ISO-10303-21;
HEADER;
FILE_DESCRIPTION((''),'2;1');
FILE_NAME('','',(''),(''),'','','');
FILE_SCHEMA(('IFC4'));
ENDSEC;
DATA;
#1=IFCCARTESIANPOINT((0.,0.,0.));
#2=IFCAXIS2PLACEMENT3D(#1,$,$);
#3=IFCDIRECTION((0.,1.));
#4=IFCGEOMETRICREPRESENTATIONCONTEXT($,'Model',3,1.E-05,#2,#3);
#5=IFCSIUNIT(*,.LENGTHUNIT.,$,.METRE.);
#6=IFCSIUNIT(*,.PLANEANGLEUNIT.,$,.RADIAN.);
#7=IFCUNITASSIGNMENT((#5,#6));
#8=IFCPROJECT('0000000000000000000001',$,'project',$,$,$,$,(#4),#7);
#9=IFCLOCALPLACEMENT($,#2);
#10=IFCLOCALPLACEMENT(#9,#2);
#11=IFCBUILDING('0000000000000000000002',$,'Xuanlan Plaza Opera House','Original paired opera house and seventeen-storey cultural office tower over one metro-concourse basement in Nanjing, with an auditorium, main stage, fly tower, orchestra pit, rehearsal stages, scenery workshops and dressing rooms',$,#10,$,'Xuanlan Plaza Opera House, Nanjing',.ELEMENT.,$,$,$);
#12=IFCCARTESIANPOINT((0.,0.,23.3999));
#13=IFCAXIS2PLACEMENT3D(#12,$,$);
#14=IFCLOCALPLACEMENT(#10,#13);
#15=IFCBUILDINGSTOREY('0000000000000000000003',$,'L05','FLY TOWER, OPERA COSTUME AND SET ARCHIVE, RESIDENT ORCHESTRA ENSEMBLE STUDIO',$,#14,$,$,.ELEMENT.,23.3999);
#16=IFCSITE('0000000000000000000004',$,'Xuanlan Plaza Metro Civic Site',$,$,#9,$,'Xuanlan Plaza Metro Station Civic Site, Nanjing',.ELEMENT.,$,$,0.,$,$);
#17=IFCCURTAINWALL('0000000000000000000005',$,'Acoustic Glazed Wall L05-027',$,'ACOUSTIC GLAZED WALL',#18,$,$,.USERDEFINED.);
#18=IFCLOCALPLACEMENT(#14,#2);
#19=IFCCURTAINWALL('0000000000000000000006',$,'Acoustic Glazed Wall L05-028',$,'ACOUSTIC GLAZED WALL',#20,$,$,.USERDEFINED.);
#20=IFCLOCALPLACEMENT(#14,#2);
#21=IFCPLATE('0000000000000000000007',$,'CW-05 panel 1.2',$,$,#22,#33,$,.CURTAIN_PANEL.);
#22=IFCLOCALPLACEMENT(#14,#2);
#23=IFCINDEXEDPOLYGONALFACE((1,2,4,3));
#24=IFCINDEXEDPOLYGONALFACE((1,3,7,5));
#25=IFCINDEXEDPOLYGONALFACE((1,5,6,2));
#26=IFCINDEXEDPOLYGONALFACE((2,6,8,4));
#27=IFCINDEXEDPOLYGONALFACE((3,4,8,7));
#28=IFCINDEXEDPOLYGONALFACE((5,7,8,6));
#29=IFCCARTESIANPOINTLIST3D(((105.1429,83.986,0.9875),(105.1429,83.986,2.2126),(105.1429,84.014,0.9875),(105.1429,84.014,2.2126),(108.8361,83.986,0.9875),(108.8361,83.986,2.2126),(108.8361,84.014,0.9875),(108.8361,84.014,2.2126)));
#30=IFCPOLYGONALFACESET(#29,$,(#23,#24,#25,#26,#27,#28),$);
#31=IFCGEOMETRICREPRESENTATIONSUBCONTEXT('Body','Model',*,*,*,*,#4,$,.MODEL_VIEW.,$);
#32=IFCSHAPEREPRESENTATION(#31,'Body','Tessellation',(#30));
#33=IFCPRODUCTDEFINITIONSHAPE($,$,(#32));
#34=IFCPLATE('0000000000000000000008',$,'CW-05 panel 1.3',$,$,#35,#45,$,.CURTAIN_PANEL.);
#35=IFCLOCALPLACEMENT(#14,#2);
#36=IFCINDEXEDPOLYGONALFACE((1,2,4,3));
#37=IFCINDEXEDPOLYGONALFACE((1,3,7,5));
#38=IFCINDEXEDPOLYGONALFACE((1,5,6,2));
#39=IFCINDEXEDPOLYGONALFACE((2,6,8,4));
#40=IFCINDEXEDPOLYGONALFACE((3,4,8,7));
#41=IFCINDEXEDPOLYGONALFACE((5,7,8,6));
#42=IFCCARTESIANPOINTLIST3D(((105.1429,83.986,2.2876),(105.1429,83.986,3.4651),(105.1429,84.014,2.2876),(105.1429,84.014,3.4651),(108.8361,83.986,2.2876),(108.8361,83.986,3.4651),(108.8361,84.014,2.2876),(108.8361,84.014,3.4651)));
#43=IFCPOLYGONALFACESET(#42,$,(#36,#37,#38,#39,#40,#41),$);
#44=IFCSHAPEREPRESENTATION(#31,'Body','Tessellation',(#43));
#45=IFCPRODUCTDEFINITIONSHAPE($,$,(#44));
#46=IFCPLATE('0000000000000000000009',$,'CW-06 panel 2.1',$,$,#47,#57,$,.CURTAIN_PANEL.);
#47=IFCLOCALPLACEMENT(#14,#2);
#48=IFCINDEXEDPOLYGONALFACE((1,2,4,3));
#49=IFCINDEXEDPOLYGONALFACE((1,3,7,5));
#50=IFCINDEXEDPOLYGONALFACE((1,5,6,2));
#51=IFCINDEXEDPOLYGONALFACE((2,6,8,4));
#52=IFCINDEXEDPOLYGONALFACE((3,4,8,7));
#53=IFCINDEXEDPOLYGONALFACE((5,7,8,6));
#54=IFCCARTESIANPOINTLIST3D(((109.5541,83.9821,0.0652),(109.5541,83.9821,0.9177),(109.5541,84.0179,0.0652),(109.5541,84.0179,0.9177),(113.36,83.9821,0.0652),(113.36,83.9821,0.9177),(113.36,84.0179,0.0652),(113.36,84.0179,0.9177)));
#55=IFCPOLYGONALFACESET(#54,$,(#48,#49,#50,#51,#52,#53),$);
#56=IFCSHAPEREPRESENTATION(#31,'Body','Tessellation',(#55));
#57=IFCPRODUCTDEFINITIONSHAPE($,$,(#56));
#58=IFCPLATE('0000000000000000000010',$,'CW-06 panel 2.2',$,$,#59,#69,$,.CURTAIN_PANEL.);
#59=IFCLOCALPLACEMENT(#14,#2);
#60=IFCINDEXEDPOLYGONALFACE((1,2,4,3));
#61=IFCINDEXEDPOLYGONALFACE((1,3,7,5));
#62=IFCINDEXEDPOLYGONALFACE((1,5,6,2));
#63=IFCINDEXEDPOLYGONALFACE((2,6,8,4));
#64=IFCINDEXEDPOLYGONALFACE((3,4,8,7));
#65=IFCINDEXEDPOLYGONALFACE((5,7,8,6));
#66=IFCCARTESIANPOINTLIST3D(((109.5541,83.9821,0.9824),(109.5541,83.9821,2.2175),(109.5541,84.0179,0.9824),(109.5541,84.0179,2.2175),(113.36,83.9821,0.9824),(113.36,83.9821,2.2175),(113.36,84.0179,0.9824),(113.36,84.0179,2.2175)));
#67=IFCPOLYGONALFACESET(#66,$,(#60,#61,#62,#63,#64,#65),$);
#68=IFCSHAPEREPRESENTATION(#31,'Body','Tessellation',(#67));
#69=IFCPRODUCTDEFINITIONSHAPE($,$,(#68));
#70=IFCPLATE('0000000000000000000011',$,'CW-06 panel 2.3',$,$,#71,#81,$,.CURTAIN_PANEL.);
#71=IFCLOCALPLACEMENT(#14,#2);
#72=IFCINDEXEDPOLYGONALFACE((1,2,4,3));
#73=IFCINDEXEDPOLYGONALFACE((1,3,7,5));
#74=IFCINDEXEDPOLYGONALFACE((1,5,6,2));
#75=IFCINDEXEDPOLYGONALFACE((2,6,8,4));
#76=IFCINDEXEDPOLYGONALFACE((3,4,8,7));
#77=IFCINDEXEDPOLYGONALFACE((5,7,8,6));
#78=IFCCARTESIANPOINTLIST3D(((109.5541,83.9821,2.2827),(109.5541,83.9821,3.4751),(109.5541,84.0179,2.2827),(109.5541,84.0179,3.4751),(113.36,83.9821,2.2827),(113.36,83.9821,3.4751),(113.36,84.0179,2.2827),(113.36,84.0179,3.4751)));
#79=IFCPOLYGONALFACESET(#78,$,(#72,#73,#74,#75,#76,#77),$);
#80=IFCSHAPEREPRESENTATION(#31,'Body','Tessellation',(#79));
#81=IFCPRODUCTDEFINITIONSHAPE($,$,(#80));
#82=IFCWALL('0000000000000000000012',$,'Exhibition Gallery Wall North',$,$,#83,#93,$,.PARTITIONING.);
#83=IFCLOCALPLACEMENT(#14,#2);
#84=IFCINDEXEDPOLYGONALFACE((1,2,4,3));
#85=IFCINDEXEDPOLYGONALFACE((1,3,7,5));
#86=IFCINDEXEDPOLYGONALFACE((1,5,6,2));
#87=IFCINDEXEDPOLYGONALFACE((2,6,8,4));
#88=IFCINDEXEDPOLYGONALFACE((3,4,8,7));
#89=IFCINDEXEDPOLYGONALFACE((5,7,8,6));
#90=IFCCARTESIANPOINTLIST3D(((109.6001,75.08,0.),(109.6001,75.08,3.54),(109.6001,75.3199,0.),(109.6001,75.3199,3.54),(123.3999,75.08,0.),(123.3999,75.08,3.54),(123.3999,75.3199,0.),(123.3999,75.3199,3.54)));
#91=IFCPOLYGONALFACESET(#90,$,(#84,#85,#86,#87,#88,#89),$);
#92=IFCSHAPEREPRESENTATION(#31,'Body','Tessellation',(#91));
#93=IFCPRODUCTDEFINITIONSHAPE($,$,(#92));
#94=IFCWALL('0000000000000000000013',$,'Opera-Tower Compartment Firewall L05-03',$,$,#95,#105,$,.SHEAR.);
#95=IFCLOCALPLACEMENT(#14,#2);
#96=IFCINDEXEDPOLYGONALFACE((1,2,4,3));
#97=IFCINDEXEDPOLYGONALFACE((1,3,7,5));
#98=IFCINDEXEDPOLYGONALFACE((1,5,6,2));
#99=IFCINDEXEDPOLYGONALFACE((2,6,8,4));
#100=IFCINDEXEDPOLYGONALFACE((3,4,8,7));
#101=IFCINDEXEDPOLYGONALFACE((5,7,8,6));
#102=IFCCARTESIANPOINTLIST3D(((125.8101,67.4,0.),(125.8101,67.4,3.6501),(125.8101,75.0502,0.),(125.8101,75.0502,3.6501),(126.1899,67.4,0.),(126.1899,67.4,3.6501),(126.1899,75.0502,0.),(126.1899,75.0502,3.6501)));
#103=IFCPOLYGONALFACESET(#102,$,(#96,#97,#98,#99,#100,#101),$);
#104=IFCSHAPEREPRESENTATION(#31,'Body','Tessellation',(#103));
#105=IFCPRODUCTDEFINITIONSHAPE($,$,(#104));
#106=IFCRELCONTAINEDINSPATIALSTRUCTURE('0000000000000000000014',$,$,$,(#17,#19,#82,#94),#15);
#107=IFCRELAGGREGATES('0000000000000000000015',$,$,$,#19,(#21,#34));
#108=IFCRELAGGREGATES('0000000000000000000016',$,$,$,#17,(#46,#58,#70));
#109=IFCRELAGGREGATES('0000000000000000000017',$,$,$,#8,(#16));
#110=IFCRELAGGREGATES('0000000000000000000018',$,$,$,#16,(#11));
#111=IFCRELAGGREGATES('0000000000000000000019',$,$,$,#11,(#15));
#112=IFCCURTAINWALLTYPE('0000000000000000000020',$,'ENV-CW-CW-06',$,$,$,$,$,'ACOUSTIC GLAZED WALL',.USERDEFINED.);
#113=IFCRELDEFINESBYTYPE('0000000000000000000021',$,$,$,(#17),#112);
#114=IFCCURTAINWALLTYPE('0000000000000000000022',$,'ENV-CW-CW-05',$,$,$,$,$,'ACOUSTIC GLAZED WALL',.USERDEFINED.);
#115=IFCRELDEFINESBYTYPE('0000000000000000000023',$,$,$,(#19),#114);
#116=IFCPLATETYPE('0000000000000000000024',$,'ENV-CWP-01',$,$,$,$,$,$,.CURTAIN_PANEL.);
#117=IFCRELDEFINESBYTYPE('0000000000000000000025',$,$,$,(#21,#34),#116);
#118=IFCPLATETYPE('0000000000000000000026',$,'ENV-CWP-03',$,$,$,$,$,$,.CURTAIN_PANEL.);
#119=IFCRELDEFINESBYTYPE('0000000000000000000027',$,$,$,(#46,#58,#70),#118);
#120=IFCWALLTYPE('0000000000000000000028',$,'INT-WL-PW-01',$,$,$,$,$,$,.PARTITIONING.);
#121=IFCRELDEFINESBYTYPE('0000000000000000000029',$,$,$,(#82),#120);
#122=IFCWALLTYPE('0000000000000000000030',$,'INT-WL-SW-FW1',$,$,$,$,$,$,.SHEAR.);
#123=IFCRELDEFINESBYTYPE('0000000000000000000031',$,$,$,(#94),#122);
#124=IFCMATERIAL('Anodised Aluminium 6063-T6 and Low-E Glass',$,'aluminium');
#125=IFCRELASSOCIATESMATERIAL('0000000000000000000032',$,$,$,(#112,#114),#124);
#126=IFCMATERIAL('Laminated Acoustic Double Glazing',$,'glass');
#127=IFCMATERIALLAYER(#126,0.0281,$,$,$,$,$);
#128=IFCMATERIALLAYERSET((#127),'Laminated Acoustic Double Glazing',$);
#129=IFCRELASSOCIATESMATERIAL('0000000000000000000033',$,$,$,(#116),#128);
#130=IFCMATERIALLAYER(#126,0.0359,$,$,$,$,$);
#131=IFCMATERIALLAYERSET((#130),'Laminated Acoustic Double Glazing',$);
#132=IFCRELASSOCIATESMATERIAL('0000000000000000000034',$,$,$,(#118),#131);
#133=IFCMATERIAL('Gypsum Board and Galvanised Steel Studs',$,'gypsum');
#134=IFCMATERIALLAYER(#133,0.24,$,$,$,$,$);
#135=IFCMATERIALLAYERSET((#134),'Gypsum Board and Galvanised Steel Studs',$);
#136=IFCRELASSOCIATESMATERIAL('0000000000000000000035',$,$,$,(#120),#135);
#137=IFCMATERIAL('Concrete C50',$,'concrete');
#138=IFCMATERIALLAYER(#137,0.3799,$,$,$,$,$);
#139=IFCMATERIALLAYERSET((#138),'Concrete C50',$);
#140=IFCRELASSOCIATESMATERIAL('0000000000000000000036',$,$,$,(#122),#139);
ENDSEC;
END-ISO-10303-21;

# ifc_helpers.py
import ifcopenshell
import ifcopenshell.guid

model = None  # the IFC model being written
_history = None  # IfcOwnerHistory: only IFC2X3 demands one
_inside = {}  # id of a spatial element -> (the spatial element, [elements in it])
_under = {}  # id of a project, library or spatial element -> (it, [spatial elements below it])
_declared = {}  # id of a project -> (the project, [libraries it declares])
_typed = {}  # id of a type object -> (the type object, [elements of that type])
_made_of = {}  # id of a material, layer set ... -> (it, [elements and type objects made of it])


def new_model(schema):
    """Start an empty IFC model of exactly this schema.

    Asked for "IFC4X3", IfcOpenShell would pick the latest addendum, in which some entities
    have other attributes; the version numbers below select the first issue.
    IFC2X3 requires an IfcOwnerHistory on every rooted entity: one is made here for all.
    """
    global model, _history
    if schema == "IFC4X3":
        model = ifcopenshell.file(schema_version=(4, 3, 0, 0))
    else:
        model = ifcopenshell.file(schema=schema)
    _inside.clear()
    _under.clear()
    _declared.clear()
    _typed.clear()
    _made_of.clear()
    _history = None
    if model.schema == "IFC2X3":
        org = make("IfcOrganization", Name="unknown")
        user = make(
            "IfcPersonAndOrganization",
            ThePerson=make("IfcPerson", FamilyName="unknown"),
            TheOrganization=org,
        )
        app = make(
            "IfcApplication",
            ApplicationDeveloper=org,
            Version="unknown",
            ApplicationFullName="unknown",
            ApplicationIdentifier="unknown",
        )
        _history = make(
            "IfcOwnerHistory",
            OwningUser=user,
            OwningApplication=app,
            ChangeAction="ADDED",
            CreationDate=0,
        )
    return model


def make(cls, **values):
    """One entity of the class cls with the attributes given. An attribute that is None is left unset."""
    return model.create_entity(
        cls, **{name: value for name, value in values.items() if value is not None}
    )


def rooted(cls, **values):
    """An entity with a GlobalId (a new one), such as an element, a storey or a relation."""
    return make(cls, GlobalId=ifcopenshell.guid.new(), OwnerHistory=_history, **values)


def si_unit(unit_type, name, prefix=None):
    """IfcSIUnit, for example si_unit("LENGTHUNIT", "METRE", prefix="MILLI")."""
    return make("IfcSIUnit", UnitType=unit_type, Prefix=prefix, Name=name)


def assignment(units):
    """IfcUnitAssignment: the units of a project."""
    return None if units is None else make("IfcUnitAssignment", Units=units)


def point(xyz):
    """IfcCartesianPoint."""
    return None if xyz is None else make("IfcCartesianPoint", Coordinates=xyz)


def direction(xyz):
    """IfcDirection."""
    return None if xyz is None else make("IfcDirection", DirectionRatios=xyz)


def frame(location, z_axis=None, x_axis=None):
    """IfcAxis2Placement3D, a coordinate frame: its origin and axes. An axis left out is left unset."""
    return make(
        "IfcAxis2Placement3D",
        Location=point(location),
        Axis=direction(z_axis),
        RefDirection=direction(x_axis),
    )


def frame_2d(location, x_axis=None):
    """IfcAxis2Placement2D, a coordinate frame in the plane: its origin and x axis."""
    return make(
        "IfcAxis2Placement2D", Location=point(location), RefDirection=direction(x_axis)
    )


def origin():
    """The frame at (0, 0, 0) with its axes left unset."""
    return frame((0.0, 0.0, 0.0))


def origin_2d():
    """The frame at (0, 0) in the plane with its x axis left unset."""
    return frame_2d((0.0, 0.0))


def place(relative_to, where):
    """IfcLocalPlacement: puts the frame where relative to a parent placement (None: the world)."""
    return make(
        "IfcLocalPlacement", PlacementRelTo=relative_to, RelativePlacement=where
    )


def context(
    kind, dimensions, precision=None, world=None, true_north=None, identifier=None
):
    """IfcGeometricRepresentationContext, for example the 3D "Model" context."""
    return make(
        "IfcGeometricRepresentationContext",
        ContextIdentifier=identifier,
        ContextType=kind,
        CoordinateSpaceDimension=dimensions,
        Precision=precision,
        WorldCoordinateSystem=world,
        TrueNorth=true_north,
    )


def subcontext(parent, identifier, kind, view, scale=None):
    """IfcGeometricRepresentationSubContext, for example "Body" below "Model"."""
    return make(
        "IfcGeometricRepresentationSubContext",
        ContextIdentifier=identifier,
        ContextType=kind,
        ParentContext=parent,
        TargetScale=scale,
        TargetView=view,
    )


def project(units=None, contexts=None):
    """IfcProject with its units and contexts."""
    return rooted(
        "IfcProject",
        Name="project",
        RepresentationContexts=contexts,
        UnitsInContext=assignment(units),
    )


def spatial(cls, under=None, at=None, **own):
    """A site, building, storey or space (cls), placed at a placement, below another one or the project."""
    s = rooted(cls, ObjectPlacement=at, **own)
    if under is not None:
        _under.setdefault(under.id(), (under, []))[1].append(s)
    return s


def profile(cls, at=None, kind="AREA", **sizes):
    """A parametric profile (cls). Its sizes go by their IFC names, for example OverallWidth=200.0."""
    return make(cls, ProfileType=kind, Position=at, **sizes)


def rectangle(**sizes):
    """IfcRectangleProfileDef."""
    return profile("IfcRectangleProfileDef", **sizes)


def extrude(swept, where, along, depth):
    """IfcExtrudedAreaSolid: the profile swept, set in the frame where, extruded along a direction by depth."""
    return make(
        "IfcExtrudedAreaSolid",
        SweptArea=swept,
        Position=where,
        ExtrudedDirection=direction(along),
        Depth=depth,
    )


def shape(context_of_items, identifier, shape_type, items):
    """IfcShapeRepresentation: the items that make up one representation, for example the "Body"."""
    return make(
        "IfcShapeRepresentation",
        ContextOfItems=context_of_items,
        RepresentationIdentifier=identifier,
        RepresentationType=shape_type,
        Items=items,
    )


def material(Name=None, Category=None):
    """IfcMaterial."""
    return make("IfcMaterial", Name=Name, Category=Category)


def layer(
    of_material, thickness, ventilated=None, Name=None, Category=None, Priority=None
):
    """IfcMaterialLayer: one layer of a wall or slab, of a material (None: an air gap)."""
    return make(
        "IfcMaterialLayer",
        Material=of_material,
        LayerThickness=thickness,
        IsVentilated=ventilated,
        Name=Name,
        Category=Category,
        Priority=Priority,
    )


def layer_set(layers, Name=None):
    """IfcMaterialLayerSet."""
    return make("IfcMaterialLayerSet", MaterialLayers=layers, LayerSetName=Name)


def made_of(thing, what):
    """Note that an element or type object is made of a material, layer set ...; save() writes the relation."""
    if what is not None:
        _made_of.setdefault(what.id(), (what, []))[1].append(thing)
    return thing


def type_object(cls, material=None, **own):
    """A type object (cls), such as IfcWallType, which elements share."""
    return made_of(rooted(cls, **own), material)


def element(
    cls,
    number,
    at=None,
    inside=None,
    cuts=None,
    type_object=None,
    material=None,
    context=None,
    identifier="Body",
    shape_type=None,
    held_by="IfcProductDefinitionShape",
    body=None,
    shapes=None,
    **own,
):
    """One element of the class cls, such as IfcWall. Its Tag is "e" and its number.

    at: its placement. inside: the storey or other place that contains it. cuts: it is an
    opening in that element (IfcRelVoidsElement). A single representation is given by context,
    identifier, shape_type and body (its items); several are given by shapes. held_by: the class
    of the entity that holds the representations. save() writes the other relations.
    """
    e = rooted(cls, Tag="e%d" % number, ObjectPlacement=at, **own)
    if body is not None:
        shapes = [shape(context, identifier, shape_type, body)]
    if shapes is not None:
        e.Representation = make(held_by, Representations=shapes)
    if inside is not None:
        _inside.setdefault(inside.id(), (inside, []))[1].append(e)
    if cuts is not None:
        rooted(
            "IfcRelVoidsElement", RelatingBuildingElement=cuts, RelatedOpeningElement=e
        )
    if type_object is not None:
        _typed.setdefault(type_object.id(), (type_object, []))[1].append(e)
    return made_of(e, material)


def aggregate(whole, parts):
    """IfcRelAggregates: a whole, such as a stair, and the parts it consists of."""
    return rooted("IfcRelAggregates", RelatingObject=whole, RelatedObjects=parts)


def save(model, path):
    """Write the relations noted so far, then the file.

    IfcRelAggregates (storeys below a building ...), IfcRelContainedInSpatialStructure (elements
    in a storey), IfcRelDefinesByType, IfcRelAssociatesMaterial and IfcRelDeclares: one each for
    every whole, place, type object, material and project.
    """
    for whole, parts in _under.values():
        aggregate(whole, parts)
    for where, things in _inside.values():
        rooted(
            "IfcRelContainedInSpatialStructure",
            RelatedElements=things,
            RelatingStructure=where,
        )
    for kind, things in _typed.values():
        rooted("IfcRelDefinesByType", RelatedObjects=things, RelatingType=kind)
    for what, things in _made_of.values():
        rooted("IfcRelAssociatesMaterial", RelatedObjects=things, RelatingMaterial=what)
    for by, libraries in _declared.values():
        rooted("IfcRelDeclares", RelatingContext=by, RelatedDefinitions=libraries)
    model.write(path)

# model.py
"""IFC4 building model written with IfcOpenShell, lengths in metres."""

from ifc_helpers import new_model, si_unit, direction, frame, frame_2d, origin, origin_2d, place, context, subcontext, project, spatial, rectangle, extrude, material, layer, layer_set, type_object, element, aggregate, save


model = new_model("IFC4")

# Units and contexts
model_context = context("Model", 3, precision=1e-05, world=origin(), true_north=direction((0.0, 1.0)))
body_context = subcontext(model_context, "Body", "Model", "MODEL_VIEW")
ifc_project = project(units=[si_unit("LENGTHUNIT", "METRE"), si_unit("PLANEANGLEUNIT", "RADIAN")], contexts=[model_context])

# Site, building, storey
site_placement = place(None, origin())
site = spatial("IfcSite", under=ifc_project, at=site_placement, Name="Xuanlan Plaza Metro Civic Site", LongName="Xuanlan Plaza Metro Station Civic Site, Nanjing", CompositionType="ELEMENT", RefElevation=0.0)
building_placement = place(site_placement, origin())
building = spatial("IfcBuilding", under=site, at=building_placement, Name="Xuanlan Plaza Opera House", Description="Original paired opera house and seventeen-storey cultural office tower over one metro-concourse basement in Nanjing, with an auditorium, main stage, fly tower, orchestra pit, rehearsal stages, scenery workshops and dressing rooms", LongName="Xuanlan Plaza Opera House, Nanjing", CompositionType="ELEMENT")
storey_placement = place(building_placement, frame((0.0, 0.0, 23.3999)))
storey = spatial("IfcBuildingStorey", under=building, at=storey_placement, Name="L05", Description="FLY TOWER, OPERA COSTUME AND SET ARCHIVE, RESIDENT ORCHESTRA ENSEMBLE STUDIO", CompositionType="ELEMENT", Elevation=23.3999)

# Shared definitions
ifc_material_1 = material(Name="Concrete C50", Category="concrete")

# Curtain wall
ifc_material_2 = material(Name="Anodised Aluminium 6063-T6 and Low-E Glass", Category="aluminium")
curtain_wall_type_1 = type_object("IfcCurtainWallType", Name="ENV-CW-CW-06", ElementType="ACOUSTIC GLAZED WALL", PredefinedType="USERDEFINED", material=ifc_material_2)
curtain_wall_1_placement = place(storey_placement, origin())
curtain_wall_1 = element("IfcCurtainWall", 1, at=curtain_wall_1_placement, inside=storey, type_object=curtain_wall_type_1, Name="Acoustic Glazed Wall L05-027", ObjectType="ACOUSTIC GLAZED WALL", PredefinedType="USERDEFINED")

# Curtain wall
curtain_wall_type_2 = type_object("IfcCurtainWallType", Name="ENV-CW-CW-05", ElementType="ACOUSTIC GLAZED WALL", PredefinedType="USERDEFINED", material=ifc_material_2)
curtain_wall_2_placement = place(storey_placement, origin())
curtain_wall_2 = element("IfcCurtainWall", 2, at=curtain_wall_2_placement, inside=storey, type_object=curtain_wall_type_2, Name="Acoustic Glazed Wall L05-028", ObjectType="ACOUSTIC GLAZED WALL", PredefinedType="USERDEFINED")

# Plates
ifc_material_3 = material(Name="Laminated Acoustic Double Glazing", Category="glass")
ifc_layer_1 = layer(ifc_material_3, 0.0281)
ifc_layer_set_1 = layer_set([ifc_layer_1], Name="Laminated Acoustic Double Glazing")
plate_type_1 = type_object("IfcPlateType", Name="ENV-CWP-01", PredefinedType="CURTAIN_PANEL", material=ifc_layer_set_1)
plate_1_placement = place(storey_placement, frame((106.9895, 84.0, 0.9875), z_axis=(0.0, 0.0, 1.0), x_axis=(-1.0, 0.0, 0.0)))
plate_1 = element("IfcPlate", 3, at=plate_1_placement, type_object=plate_type_1, Name="CW-05 panel 1.2", PredefinedType="CURTAIN_PANEL", context=body_context, shape_type="SweptSolid", body=[
    extrude(rectangle(XDim=3.6931, YDim=0.0281, at=origin_2d()), origin(), (0.0, 0.0, 1.0), 1.2251),
])
plate_2_placement = place(storey_placement, frame((106.9895, 84.0, 2.2876), z_axis=(0.0, 0.0, 1.0), x_axis=(-1.0, 0.0, 0.0)))
plate_2 = element("IfcPlate", 4, at=plate_2_placement, type_object=plate_type_1, Name="CW-05 panel 1.3", PredefinedType="CURTAIN_PANEL", context=body_context, shape_type="SweptSolid", body=[
    extrude(rectangle(XDim=3.6931, YDim=0.0281, at=origin_2d()), origin(), (0.0, 0.0, 1.0), 1.1775),
])
aggregate(curtain_wall_2, [plate_1, plate_2])
ifc_layer_2 = layer(ifc_material_3, 0.0359)
ifc_layer_set_2 = layer_set([ifc_layer_2], Name="Laminated Acoustic Double Glazing")
plate_type_2 = type_object("IfcPlateType", Name="ENV-CWP-03", PredefinedType="CURTAIN_PANEL", material=ifc_layer_set_2)
plate_3_placement = place(storey_placement, frame((111.457, 84.0, 0.0652), z_axis=(0.0, 0.0, 1.0), x_axis=(-1.0, 0.0, 0.0)))
plate_3 = element("IfcPlate", 5, at=plate_3_placement, type_object=plate_type_2, Name="CW-06 panel 2.1", PredefinedType="CURTAIN_PANEL", context=body_context, shape_type="SweptSolid", body=[
    extrude(rectangle(XDim=3.8059, YDim=0.0359, at=origin_2d()), origin(), (0.0, 0.0, 1.0), 0.8525),
])
plate_4_placement = place(storey_placement, frame((111.457, 84.0, 0.9824), z_axis=(0.0, 0.0, 1.0), x_axis=(-1.0, 0.0, 0.0)))
plate_4 = element("IfcPlate", 6, at=plate_4_placement, type_object=plate_type_2, Name="CW-06 panel 2.2", PredefinedType="CURTAIN_PANEL", context=body_context, shape_type="SweptSolid", body=[
    extrude(rectangle(XDim=3.8059, YDim=0.0359, at=origin_2d()), origin(), (0.0, 0.0, 1.0), 1.2351),
])
plate_5_placement = place(storey_placement, frame((111.457, 84.0, 2.2827), z_axis=(0.0, 0.0, 1.0), x_axis=(-1.0, 0.0, 0.0)))
plate_5 = element("IfcPlate", 7, at=plate_5_placement, type_object=plate_type_2, Name="CW-06 panel 2.3", PredefinedType="CURTAIN_PANEL", context=body_context, shape_type="SweptSolid", body=[
    extrude(rectangle(XDim=3.8059, YDim=0.0359, at=origin_2d()), origin(), (0.0, 0.0, 1.0), 1.1924),
])
aggregate(curtain_wall_1, [plate_3, plate_4, plate_5])

# Walls
ifc_material_4 = material(Name="Gypsum Board and Galvanised Steel Studs", Category="gypsum")
ifc_layer_3 = layer(ifc_material_4, 0.24)
ifc_layer_set_3 = layer_set([ifc_layer_3], Name="Gypsum Board and Galvanised Steel Studs")
wall_type_1 = type_object("IfcWallType", Name="INT-WL-PW-01", PredefinedType="PARTITIONING", material=ifc_layer_set_3)
wall_1_placement = place(storey_placement, frame((109.6001, 75.2, 0.0), z_axis=(0.0, 0.0, 1.0), x_axis=(1.0, 0.0, 0.0)))
element("IfcWall", 8, at=wall_1_placement, inside=storey, type_object=wall_type_1, Name="Exhibition Gallery Wall North", PredefinedType="PARTITIONING", context=body_context, shape_type="SweptSolid", body=[
    extrude(rectangle(XDim=13.7998, YDim=0.24, at=frame_2d((6.8999, 0.0))), origin(), (0.0, 0.0, 1.0), 3.54),
])
ifc_layer_4 = layer(ifc_material_1, 0.3799)
ifc_layer_set_4 = layer_set([ifc_layer_4], Name="Concrete C50")
wall_type_2 = type_object("IfcWallType", Name="INT-WL-SW-FW1", PredefinedType="SHEAR", material=ifc_layer_set_4)
wall_2_placement = place(storey_placement, frame((126.0, 67.3999, 0.0), z_axis=(0.0, 0.0, 1.0), x_axis=(0.0, 1.0, 0.0)))
element("IfcWall", 9, at=wall_2_placement, inside=storey, type_object=wall_type_2, Name="Opera-Tower Compartment Firewall L05-03", PredefinedType="SHEAR", context=body_context, shape_type="SweptSolid", body=[
    extrude(rectangle(XDim=7.6501, YDim=0.3799, at=frame_2d((3.8252, 0.0))), origin(), (0.0, 0.0, 1.0), 3.6501),
])

save(model, "model.ifc")
